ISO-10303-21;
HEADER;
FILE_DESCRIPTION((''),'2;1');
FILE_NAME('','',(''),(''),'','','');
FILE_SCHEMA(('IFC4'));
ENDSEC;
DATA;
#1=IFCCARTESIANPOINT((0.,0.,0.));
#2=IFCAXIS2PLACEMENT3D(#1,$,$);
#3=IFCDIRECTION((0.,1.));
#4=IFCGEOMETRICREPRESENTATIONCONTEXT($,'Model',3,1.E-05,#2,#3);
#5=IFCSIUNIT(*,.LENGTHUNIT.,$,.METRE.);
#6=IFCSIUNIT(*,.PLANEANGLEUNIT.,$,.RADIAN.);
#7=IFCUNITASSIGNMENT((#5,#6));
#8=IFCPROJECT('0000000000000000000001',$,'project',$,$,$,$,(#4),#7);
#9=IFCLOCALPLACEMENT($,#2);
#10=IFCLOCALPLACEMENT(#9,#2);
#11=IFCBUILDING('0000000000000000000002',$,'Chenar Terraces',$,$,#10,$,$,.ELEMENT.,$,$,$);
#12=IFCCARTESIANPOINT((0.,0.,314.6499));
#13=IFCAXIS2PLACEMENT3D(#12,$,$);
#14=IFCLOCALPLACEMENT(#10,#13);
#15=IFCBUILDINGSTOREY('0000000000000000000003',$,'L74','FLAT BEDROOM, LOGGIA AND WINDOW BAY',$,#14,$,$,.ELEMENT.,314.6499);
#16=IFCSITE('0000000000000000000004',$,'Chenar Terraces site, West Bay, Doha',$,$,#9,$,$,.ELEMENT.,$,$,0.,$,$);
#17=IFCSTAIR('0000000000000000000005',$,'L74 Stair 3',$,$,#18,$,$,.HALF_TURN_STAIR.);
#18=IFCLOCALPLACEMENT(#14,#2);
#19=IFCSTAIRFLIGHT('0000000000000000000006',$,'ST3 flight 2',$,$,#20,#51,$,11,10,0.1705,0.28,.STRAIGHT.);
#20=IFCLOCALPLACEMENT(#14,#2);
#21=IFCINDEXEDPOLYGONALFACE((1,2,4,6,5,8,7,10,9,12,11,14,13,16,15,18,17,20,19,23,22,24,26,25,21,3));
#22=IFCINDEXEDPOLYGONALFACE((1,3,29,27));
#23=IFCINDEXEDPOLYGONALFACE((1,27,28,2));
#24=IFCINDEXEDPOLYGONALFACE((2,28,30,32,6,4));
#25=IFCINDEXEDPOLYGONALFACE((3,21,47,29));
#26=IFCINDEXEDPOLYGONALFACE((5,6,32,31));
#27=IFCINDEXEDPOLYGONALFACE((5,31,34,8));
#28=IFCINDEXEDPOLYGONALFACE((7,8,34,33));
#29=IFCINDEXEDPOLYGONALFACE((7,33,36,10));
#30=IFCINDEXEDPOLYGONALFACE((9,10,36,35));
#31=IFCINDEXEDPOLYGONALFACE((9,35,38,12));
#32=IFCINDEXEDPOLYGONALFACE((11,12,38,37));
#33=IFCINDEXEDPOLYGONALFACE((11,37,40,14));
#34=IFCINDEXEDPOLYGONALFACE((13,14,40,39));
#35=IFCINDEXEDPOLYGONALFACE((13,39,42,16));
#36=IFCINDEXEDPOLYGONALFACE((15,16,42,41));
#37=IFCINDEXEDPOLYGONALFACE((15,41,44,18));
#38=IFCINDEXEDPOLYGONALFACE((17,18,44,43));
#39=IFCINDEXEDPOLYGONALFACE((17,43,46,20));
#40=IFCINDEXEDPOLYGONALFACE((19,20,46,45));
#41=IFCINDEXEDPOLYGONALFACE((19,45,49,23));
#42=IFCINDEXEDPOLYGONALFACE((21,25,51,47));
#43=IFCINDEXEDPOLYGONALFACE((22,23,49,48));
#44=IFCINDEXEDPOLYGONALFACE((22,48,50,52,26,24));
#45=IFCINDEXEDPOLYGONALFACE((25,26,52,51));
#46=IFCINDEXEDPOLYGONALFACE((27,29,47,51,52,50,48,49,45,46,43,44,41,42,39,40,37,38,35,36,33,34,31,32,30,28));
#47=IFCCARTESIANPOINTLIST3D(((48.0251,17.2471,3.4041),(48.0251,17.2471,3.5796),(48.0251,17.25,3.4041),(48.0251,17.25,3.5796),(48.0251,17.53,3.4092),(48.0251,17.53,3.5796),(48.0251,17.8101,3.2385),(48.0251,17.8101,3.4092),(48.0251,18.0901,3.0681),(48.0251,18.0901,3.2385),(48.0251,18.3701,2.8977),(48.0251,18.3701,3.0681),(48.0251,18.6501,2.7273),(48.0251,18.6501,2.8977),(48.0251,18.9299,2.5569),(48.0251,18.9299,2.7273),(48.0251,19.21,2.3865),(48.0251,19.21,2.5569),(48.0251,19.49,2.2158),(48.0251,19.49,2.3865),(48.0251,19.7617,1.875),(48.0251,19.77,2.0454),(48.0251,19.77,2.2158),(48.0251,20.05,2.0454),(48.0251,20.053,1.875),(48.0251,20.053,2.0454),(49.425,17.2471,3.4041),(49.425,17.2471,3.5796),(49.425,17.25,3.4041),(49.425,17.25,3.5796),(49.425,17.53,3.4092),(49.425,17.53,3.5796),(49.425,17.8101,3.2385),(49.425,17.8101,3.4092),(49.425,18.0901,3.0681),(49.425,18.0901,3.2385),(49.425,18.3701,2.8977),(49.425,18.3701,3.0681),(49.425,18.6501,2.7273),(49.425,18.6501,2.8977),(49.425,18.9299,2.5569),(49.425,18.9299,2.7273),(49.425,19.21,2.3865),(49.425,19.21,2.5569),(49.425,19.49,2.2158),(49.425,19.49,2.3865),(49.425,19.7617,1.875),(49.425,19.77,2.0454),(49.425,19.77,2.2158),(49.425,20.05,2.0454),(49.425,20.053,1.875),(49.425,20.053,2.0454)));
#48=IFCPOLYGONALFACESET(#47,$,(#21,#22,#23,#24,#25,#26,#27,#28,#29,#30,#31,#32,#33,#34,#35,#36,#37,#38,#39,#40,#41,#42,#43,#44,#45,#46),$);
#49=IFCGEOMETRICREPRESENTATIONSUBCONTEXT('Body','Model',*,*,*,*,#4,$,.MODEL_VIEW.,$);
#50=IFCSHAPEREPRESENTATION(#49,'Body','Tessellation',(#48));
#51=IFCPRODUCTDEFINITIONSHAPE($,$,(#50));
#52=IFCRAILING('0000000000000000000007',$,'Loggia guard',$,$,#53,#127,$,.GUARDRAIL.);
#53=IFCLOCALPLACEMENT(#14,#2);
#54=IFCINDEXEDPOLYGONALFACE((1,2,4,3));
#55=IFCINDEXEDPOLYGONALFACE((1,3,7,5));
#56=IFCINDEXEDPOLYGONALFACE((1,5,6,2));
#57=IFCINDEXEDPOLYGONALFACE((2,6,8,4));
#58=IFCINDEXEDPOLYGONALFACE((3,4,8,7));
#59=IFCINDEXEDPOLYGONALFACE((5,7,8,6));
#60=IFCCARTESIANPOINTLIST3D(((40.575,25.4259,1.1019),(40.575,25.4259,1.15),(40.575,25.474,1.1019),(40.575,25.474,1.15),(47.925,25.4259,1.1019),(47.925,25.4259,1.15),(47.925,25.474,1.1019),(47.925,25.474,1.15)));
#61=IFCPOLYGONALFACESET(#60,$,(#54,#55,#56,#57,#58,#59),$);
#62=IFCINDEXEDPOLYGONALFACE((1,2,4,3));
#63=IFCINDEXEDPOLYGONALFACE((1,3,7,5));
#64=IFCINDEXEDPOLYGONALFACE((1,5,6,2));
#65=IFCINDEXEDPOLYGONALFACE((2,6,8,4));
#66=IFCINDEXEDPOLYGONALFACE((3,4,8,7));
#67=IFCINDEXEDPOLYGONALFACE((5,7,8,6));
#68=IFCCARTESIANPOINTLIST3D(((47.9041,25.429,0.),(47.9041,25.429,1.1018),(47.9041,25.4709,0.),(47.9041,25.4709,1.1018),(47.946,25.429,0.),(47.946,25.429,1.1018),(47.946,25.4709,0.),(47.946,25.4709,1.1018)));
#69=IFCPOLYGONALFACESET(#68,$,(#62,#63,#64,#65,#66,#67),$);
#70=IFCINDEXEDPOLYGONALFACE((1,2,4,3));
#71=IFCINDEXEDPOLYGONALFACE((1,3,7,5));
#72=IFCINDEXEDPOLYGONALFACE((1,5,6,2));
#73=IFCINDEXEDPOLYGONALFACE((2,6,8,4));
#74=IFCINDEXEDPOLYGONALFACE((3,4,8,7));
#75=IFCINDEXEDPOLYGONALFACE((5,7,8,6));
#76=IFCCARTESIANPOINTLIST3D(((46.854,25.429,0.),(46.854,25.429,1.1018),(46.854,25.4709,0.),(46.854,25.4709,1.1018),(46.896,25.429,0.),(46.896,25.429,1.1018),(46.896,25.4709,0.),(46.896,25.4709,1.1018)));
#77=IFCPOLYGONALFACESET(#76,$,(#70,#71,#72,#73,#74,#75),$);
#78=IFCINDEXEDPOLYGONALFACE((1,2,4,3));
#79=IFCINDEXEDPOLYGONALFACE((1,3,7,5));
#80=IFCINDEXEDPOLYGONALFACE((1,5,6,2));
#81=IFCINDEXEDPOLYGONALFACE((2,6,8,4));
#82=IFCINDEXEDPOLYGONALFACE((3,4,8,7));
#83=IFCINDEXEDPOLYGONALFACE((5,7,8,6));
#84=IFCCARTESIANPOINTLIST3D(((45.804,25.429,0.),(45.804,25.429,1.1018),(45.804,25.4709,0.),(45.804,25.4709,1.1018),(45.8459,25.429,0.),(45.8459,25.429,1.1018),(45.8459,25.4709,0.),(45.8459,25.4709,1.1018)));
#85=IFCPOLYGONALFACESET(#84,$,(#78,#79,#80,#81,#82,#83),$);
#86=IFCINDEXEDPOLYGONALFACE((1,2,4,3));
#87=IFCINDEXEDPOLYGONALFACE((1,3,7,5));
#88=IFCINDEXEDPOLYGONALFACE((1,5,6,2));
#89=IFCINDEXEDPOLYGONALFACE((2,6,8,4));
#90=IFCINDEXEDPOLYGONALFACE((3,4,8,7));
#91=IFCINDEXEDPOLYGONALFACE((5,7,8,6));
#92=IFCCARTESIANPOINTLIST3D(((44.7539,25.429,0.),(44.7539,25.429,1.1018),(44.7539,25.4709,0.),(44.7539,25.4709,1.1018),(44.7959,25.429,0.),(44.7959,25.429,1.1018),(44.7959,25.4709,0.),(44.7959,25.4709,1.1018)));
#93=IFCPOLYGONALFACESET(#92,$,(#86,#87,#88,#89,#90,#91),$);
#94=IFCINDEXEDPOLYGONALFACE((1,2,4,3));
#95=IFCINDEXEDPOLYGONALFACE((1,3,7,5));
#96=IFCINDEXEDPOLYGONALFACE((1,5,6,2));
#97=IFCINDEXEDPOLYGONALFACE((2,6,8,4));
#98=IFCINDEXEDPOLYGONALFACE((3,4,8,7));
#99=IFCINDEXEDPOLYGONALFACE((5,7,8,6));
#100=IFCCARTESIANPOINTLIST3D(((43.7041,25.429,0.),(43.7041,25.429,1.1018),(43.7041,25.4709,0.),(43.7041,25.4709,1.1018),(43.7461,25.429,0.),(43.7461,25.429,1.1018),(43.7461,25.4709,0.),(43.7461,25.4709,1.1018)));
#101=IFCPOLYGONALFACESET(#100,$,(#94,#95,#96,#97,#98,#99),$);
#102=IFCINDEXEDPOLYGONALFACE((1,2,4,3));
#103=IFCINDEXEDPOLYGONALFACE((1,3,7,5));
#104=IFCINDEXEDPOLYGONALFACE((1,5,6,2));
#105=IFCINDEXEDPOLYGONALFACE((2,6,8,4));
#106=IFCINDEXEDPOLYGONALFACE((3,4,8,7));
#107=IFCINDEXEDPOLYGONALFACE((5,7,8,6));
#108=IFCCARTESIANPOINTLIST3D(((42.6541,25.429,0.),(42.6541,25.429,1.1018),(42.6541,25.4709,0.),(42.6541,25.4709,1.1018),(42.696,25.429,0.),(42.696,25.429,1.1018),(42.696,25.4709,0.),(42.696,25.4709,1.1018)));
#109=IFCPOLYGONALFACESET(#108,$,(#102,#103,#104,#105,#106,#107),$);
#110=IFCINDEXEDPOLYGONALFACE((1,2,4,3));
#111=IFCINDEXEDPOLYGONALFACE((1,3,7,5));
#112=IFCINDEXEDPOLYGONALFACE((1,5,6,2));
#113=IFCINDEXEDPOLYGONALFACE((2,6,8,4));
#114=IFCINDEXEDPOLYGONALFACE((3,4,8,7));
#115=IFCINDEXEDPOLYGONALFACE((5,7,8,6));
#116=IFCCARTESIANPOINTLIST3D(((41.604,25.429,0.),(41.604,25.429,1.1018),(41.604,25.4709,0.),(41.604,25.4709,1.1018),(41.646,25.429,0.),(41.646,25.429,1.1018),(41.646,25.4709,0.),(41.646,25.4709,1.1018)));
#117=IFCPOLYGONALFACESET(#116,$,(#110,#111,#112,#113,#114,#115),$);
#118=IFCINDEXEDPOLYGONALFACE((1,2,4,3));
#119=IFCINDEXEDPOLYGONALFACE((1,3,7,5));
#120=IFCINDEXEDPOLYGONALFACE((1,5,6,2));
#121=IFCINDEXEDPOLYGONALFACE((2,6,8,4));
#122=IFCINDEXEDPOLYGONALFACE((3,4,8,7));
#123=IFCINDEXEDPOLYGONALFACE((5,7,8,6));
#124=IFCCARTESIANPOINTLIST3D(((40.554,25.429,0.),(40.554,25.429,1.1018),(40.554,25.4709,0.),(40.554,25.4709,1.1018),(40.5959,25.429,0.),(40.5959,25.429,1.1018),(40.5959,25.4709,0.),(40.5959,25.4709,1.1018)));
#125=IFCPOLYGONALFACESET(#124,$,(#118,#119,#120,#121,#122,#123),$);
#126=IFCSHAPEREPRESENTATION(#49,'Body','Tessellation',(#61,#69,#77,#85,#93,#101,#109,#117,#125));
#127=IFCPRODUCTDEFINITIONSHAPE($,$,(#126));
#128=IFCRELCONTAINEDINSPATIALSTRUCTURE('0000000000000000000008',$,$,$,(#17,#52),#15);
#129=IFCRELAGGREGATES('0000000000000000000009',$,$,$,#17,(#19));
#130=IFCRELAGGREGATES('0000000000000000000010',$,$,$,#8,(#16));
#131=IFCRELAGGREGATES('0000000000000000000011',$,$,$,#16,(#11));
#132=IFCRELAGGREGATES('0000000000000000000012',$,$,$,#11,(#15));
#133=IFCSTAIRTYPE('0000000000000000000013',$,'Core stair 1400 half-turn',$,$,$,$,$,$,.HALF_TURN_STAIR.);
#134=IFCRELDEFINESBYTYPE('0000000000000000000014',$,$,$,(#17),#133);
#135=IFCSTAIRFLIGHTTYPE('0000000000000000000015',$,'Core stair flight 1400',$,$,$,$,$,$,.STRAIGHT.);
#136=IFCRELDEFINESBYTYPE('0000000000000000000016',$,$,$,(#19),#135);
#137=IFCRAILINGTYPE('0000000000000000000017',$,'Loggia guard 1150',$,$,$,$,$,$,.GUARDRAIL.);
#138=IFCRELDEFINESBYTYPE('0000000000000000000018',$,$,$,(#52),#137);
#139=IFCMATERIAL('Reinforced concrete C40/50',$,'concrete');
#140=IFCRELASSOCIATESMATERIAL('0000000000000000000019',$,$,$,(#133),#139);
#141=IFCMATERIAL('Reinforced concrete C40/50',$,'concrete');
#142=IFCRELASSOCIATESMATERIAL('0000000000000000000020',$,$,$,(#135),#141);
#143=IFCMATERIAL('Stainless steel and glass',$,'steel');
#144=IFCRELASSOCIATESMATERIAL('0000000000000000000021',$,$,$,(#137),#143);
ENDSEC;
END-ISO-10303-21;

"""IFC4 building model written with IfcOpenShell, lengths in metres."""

from ifc_helpers import new_model, si_unit, direction, frame, origin, origin_2d, place, context, subcontext, project, spatial, polyline, rectangle, outline, extrude, material, type_object, element, aggregate, save


model = new_model("IFC4")

# Units and contexts
model_context = context("Model", 3, precision=1e-05, world=origin(), true_north=direction((0.0, 1.0)))
body_context = subcontext(model_context, "Body", "Model", "MODEL_VIEW")
ifc_project = project(units=[si_unit("LENGTHUNIT", "METRE"), si_unit("PLANEANGLEUNIT", "RADIAN")], contexts=[model_context])

# Site, building, storey
site_placement = place(None, origin())
site = spatial("IfcSite", under=ifc_project, at=site_placement, Name="Chenar Terraces site, West Bay, Doha", CompositionType="ELEMENT", RefElevation=0.0)
building_placement = place(site_placement, origin())
building = spatial("IfcBuilding", under=site, at=building_placement, Name="Chenar Terraces", CompositionType="ELEMENT")
storey_placement = place(building_placement, frame((0.0, 0.0, 314.6499)))
storey = spatial("IfcBuildingStorey", under=building, at=storey_placement, Name="L74", Description="FLAT BEDROOM, LOGGIA AND WINDOW BAY", CompositionType="ELEMENT", Elevation=314.6499)

# Stair, stair flight
ifc_material_1 = material(Name="Reinforced concrete C40/50", Category="concrete")
stair_type = type_object("IfcStairType", Name="Core stair 1400 half-turn", PredefinedType="HALF_TURN_STAIR", material=ifc_material_1)
stair_placement = place(storey_placement, origin())
stair = element("IfcStair", 1, at=stair_placement, inside=storey, type_object=stair_type, Name="L74 Stair 3", PredefinedType="HALF_TURN_STAIR")
ifc_material_2 = material(Name="Reinforced concrete C40/50", Category="concrete")
stair_flight_type = type_object("IfcStairFlightType", Name="Core stair flight 1400", PredefinedType="STRAIGHT", material=ifc_material_2)
stair_flight_1_placement = place(storey_placement, frame((48.7251, 20.05, 1.875), z_axis=(0.0, 0.0, 1.0), x_axis=(0.0, -1.0, 0.0)))
stair_flight_1 = element("IfcStairFlight", 2, at=stair_flight_1_placement, type_object=stair_flight_type, Name="ST3 flight 2", NumberOfRisers=11, NumberOfTreads=10, PredefinedType="STRAIGHT", RiserHeight=0.1705, TreadLength=0.28, context=body_context, shape_type="SweptSolid", body=[
    extrude(outline(polyline([(-0.0029, 0.0), (-0.0029, 0.1704), (0.0, 0.1704), (0.28, 0.1704), (0.28, 0.3408), (0.5601, 0.3408), (0.5601, 0.5115), (0.8401, 0.5115), (0.8401, 0.6819), (1.1201, 0.6819), (1.1201, 0.8523), (1.3999, 0.8523), (1.3999, 1.0227), (1.6799, 1.0227), (1.6799, 1.1931), (1.96, 1.1931), (1.96, 1.3635), (2.24, 1.3635), (2.24, 1.5342), (2.52, 1.5342), (2.52, 1.7046), (2.8, 1.7046), (2.803, 1.7046), (2.803, 1.5291), (2.8, 1.5291), (0.2883, 0.0), (-0.0029, 0.0)])), frame((0.0, 0.7, 0.0), z_axis=(0.0, -1.0, 0.0), x_axis=(1.0, 0.0, 0.0)), (0.0, 0.0, 1.0), 1.3999),
])
aggregate(stair, [stair_flight_1])

# Railing
ifc_material_3 = material(Name="Stainless steel and glass", Category="steel")
railing_type_1 = type_object("IfcRailingType", Name="Loggia guard 1150", PredefinedType="GUARDRAIL", material=ifc_material_3)
railing_1_placement = place(storey_placement, frame((47.925, 25.45, 0.0)))
element("IfcRailing", 3, at=railing_1_placement, inside=storey, type_object=railing_type_1, Name="Loggia guard", PredefinedType="GUARDRAIL", context=body_context, shape_type="SweptSolid", body=[
    extrude(rectangle(XDim=0.0481, YDim=0.0481, at=origin_2d()), frame((0.0, 0.0, 1.126), z_axis=(-1.0, 0.0, 0.0), x_axis=(0.0, -1.0, 0.0)), (0.0, 0.0, 1.0), 7.3501),
    extrude(rectangle(XDim=0.042, YDim=0.042, at=origin_2d()), origin(), (0.0, 0.0, 1.0), 1.1018),
    extrude(rectangle(XDim=0.042, YDim=0.042, at=origin_2d()), frame((-1.05, 0.0, 0.0)), (0.0, 0.0, 1.0), 1.1018),
    extrude(rectangle(XDim=0.042, YDim=0.042, at=origin_2d()), frame((-2.1001, 0.0, 0.0)), (0.0, 0.0, 1.0), 1.1018),
    extrude(rectangle(XDim=0.042, YDim=0.042, at=origin_2d()), frame((-3.1501, 0.0, 0.0)), (0.0, 0.0, 1.0), 1.1018),
    extrude(rectangle(XDim=0.042, YDim=0.042, at=origin_2d()), frame((-4.2, 0.0, 0.0)), (0.0, 0.0, 1.0), 1.1018),
    extrude(rectangle(XDim=0.042, YDim=0.042, at=origin_2d()), frame((-5.25, 0.0, 0.0)), (0.0, 0.0, 1.0), 1.1018),
    extrude(rectangle(XDim=0.042, YDim=0.042, at=origin_2d()), frame((-6.3, 0.0, 0.0)), (0.0, 0.0, 1.0), 1.1018),
    extrude(rectangle(XDim=0.042, YDim=0.042, at=origin_2d()), frame((-7.3501, 0.0, 0.0)), (0.0, 0.0, 1.0), 1.1018),
])

save(model, "model.ifc")
